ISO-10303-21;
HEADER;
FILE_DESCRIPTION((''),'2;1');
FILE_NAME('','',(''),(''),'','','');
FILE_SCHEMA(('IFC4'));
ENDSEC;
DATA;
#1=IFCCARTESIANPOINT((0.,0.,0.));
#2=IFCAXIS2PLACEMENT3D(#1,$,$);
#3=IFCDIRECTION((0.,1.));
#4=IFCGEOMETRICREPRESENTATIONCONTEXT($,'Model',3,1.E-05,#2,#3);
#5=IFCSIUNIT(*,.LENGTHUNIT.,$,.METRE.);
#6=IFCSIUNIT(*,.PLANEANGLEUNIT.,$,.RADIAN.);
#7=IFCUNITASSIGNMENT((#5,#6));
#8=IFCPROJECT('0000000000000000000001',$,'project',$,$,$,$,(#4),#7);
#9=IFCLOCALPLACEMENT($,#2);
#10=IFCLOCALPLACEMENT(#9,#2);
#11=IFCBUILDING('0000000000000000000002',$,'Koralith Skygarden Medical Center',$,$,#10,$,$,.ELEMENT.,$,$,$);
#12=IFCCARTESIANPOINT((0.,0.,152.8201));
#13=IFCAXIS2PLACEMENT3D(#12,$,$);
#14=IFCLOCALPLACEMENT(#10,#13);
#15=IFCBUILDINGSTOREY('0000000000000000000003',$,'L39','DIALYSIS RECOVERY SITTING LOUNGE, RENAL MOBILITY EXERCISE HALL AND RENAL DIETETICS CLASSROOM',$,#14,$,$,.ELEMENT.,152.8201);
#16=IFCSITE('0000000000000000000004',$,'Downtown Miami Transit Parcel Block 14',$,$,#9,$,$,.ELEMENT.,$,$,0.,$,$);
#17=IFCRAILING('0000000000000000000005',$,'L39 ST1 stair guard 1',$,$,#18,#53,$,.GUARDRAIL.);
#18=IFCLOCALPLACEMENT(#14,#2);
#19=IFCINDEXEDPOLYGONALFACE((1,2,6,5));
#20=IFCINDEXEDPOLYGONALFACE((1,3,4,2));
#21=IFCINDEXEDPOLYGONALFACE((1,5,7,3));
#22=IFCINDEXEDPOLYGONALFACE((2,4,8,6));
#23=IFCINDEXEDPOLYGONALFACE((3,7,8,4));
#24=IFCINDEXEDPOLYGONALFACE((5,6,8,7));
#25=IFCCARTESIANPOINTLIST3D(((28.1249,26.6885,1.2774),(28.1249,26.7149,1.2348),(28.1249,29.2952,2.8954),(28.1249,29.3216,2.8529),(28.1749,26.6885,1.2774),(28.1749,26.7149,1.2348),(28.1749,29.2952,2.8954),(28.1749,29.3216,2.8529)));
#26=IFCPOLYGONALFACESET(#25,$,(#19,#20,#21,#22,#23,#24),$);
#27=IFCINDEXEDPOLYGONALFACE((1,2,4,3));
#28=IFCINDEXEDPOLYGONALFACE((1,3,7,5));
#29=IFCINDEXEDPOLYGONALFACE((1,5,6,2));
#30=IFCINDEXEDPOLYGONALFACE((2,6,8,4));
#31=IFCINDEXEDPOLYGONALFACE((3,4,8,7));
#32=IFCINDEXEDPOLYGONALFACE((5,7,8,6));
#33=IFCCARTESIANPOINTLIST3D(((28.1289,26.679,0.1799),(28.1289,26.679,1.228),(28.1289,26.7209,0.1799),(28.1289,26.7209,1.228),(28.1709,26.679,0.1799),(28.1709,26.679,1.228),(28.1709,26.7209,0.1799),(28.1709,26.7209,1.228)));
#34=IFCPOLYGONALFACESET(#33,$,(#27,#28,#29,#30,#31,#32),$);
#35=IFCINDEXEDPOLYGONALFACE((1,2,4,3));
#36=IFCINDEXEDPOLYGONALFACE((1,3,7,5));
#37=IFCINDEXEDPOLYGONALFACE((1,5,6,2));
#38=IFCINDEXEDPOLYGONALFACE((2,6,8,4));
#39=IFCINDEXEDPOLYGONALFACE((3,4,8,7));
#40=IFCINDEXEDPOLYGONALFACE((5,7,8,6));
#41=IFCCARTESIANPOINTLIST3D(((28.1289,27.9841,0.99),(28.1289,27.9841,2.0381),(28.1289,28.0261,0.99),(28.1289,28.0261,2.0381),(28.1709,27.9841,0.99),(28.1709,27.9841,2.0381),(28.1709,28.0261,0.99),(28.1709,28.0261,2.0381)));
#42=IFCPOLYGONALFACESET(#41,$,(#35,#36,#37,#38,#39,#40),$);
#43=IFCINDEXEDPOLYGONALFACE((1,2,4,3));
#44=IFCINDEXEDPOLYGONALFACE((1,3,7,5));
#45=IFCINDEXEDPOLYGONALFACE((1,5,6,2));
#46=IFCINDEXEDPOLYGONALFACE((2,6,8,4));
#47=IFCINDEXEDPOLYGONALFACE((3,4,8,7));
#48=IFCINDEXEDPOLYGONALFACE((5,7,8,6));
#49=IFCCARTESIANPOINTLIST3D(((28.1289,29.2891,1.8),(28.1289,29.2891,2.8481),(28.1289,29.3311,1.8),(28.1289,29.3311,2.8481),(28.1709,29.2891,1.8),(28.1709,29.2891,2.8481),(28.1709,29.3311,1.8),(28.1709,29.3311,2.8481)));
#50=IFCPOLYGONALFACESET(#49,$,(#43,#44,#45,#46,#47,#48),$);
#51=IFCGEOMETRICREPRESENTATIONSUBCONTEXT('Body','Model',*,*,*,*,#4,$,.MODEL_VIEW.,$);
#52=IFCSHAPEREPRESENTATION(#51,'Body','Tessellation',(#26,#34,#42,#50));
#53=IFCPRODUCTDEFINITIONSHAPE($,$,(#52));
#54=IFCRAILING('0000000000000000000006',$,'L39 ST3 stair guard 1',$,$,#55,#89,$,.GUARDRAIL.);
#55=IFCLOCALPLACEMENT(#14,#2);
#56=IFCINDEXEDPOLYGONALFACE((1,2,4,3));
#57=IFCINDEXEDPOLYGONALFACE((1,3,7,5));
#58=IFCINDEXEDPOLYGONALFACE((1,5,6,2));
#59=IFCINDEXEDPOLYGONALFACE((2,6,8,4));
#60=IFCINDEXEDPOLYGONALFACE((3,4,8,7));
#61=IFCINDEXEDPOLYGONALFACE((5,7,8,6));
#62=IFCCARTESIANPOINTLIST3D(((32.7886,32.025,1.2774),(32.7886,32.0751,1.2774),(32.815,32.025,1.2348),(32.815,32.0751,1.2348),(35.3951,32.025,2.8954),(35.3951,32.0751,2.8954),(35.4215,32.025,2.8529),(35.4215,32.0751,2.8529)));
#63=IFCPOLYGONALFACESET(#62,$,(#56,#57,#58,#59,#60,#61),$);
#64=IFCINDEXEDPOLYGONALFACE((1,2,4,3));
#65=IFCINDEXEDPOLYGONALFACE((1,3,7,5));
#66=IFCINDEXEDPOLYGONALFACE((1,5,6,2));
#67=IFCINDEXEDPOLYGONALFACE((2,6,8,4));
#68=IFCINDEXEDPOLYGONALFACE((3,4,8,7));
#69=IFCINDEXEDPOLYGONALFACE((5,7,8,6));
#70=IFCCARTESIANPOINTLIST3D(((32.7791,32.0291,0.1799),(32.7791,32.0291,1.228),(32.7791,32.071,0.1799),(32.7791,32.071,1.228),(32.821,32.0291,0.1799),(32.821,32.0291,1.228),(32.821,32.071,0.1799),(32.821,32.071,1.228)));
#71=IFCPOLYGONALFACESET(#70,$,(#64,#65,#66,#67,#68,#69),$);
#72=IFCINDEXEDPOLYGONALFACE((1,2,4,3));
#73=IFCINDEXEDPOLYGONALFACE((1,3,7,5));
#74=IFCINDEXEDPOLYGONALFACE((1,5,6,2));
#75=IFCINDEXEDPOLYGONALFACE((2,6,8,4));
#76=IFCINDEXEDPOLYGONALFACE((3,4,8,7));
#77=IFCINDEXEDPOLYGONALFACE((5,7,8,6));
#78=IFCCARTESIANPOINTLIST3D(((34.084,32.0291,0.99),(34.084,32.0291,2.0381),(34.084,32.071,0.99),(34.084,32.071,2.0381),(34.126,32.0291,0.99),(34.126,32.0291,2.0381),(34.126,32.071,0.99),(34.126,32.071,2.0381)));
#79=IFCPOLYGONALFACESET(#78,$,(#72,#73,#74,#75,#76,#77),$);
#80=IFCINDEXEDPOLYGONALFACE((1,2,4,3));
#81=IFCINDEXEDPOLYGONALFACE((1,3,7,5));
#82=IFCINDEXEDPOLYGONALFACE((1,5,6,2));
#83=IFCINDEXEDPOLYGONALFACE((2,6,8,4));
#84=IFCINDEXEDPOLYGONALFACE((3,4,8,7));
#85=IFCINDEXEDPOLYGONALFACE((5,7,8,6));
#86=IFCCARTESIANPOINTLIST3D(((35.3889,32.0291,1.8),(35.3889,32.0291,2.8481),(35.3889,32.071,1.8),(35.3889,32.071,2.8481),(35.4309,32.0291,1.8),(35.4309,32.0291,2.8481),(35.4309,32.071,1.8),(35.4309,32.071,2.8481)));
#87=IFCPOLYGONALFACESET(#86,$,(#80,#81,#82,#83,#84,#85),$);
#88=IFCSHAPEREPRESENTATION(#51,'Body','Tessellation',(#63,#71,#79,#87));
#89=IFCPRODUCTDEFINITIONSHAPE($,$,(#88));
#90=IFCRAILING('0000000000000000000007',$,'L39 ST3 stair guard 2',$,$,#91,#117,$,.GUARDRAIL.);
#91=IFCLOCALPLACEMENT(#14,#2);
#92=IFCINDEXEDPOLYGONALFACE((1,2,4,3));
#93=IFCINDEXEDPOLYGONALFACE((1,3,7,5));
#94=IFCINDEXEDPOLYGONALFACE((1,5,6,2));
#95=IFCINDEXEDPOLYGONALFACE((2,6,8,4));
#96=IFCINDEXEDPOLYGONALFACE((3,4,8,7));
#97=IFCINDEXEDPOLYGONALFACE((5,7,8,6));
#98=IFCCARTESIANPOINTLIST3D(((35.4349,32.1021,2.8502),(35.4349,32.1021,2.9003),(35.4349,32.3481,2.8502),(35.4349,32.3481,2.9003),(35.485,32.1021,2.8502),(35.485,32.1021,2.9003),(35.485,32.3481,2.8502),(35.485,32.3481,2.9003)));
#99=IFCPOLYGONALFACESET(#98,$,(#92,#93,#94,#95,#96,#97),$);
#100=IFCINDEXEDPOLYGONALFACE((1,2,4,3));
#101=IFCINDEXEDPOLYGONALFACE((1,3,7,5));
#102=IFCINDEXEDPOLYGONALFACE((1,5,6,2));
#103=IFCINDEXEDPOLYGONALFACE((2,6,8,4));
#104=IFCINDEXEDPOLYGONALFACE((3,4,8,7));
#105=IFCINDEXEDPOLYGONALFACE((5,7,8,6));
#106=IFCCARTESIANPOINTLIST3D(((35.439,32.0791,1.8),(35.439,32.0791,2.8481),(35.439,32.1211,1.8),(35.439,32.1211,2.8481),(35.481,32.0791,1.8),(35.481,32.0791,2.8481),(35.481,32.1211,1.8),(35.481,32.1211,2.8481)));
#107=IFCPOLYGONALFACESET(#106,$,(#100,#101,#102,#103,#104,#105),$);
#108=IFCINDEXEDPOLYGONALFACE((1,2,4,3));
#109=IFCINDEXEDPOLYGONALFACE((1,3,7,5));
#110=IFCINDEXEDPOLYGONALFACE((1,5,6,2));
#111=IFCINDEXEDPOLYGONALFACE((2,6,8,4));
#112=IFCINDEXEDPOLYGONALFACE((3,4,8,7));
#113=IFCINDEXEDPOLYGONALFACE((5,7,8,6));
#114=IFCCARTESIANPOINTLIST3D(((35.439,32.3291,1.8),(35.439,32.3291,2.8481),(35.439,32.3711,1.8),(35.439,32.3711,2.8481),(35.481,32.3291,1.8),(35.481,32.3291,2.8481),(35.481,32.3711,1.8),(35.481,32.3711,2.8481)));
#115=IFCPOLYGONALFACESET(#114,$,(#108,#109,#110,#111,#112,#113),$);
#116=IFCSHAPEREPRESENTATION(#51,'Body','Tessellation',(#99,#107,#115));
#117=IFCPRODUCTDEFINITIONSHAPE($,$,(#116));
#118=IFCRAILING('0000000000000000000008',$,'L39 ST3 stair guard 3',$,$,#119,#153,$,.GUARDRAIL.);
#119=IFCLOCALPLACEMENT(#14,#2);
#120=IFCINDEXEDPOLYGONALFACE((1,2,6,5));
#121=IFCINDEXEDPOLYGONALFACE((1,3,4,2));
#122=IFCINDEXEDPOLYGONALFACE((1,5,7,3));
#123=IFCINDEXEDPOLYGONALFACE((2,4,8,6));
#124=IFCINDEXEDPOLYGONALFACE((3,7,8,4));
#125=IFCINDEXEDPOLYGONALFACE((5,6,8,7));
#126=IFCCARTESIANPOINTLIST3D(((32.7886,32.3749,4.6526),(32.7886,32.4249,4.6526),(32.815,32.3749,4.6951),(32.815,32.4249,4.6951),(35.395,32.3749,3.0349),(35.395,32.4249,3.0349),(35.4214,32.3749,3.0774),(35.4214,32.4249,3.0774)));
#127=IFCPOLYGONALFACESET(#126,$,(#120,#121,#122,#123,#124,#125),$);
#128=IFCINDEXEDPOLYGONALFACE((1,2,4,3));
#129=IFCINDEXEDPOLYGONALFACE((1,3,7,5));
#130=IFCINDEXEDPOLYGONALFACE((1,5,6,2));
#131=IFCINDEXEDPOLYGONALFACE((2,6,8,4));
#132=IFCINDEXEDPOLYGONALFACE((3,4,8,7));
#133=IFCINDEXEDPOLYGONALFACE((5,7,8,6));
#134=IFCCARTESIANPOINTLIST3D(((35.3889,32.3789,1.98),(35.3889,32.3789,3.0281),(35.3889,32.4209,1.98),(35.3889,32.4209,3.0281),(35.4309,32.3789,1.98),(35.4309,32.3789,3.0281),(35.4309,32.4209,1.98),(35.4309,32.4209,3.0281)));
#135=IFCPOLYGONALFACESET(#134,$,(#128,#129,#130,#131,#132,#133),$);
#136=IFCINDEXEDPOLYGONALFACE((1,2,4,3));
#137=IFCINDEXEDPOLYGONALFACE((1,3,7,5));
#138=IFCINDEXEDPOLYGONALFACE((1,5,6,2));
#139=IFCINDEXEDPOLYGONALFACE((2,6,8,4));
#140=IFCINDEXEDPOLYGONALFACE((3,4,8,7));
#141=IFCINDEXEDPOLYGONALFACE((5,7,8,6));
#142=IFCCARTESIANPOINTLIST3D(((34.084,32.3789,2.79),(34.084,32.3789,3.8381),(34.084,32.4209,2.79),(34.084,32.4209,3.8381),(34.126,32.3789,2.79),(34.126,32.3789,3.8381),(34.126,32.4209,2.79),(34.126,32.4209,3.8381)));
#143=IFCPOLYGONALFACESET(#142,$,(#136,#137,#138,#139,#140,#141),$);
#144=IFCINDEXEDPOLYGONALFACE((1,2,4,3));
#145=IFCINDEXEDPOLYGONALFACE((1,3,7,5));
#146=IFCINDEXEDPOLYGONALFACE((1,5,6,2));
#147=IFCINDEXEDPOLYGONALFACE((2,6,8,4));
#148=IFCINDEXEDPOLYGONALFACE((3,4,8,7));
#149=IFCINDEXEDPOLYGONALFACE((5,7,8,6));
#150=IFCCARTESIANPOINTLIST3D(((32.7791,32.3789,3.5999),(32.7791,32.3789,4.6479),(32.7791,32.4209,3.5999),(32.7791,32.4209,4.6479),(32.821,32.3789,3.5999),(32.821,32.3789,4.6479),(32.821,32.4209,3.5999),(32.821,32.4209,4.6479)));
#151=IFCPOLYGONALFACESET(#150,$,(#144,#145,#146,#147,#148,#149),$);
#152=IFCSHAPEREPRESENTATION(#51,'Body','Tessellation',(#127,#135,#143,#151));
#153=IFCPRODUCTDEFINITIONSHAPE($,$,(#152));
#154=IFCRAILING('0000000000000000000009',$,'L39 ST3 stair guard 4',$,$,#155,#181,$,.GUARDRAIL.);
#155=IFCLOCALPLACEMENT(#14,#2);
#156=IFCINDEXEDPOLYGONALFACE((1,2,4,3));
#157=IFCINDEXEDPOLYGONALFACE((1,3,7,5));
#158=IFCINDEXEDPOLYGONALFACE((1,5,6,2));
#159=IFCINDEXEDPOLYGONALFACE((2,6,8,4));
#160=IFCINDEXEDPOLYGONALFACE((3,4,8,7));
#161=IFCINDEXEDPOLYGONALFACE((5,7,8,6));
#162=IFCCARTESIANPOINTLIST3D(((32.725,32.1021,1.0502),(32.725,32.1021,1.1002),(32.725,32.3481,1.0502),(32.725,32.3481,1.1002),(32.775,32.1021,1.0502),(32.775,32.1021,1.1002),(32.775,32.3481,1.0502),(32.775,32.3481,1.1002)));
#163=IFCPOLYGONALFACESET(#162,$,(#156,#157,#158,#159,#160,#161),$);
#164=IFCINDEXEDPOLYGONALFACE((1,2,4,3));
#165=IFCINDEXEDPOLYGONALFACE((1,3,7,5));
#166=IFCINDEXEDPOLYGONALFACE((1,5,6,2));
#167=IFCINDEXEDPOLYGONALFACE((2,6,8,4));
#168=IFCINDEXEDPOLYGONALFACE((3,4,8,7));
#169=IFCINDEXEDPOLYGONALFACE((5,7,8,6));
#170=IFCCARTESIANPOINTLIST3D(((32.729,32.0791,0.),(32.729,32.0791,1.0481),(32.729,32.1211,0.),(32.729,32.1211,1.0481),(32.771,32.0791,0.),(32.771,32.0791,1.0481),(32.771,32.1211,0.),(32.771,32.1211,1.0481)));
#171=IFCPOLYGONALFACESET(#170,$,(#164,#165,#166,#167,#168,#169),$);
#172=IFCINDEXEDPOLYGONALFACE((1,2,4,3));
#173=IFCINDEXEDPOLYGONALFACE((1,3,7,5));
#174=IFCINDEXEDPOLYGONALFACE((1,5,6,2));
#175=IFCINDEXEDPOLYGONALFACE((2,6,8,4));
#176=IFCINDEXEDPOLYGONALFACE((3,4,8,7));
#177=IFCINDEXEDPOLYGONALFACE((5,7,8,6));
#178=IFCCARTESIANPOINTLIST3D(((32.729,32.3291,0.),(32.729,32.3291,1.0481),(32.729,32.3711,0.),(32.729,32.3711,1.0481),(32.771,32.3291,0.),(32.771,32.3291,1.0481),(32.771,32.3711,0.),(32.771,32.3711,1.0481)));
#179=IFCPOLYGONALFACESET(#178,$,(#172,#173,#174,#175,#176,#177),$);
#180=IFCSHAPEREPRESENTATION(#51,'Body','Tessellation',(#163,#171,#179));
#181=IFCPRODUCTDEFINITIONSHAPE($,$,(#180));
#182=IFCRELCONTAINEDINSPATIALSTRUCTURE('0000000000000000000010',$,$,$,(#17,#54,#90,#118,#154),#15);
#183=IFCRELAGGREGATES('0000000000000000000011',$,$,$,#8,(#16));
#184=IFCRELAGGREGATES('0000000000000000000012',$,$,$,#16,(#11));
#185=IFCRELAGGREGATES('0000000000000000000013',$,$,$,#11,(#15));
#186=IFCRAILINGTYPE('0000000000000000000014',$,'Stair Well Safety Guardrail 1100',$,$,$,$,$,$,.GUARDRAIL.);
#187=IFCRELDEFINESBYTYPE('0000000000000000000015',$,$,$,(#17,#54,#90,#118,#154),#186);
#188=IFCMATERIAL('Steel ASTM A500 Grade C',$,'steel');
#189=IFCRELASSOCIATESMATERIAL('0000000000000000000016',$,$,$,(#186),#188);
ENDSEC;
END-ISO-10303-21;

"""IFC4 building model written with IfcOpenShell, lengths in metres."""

from ifc_helpers import new_model, si_unit, direction, frame, origin, origin_2d, place, context, subcontext, project, spatial, rectangle, extrude, material, type_object, element, save


model = new_model("IFC4")

# Units and contexts
model_context = context("Model", 3, precision=1e-05, world=origin(), true_north=direction((0.0, 1.0)))
body_context = subcontext(model_context, "Body", "Model", "MODEL_VIEW")
ifc_project = project(units=[si_unit("LENGTHUNIT", "METRE"), si_unit("PLANEANGLEUNIT", "RADIAN")], contexts=[model_context])

# Site, building, storey
site_placement = place(None, origin())
site = spatial("IfcSite", under=ifc_project, at=site_placement, Name="Downtown Miami Transit Parcel Block 14", CompositionType="ELEMENT", RefElevation=0.0)
building_placement = place(site_placement, origin())
building = spatial("IfcBuilding", under=site, at=building_placement, Name="Koralith Skygarden Medical Center", CompositionType="ELEMENT")
storey_placement = place(building_placement, frame((0.0, 0.0, 152.8201)))
storey = spatial("IfcBuildingStorey", under=building, at=storey_placement, Name="L39", Description="DIALYSIS RECOVERY SITTING LOUNGE, RENAL MOBILITY EXERCISE HALL AND RENAL DIETETICS CLASSROOM", CompositionType="ELEMENT", Elevation=152.8201)

# Railings
ifc_material_1 = material(Name="Steel ASTM A500 Grade C", Category="steel")
railing_type_1 = type_object("IfcRailingType", Name="Stair Well Safety Guardrail 1100", PredefinedType="GUARDRAIL", material=ifc_material_1)
railing_1_placement = place(storey_placement, frame((28.1499, 26.7, 0.1799)))
element("IfcRailing", 1, at=railing_1_placement, inside=storey, type_object=railing_type_1, Name="L39 ST1 stair guard 1", PredefinedType="GUARDRAIL", context=body_context, shape_type="SweptSolid", body=[
    extrude(rectangle(XDim=0.05, YDim=0.05, at=origin_2d()), frame((0.0, 0.0017, 1.0762), z_axis=(0.0, 0.849633, 0.527375), x_axis=(-1.0, 0.0, 0.0)), (0.0, 0.0, 1.0), 3.0681),
    extrude(rectangle(XDim=0.042, YDim=0.042, at=origin_2d()), origin(), (0.0, 0.0, 1.0), 1.0481),
    extrude(rectangle(XDim=0.042, YDim=0.042, at=origin_2d()), frame((0.0, 1.3052, 0.8101)), (0.0, 0.0, 1.0), 1.0481),
    extrude(rectangle(XDim=0.042, YDim=0.042, at=origin_2d()), frame((0.0, 2.6101, 1.6201)), (0.0, 0.0, 1.0), 1.0481),
])
railing_2_placement = place(storey_placement, frame((32.8, 32.05, 0.1799)))
element("IfcRailing", 2, at=railing_2_placement, inside=storey, type_object=railing_type_1, Name="L39 ST3 stair guard 1", PredefinedType="GUARDRAIL", context=body_context, shape_type="SweptSolid", body=[
    extrude(rectangle(XDim=0.05, YDim=0.05, at=origin_2d()), frame((0.0017, 0.0, 1.0762), z_axis=(0.849611, 0.0, 0.52741), x_axis=(0.0, 1.0, 0.0)), (0.0, 0.0, 1.0), 3.0679),
    extrude(rectangle(XDim=0.042, YDim=0.042, at=origin_2d()), origin(), (0.0, 0.0, 1.0), 1.0481),
    extrude(rectangle(XDim=0.042, YDim=0.042, at=origin_2d()), frame((1.3049, 0.0, 0.8101)), (0.0, 0.0, 1.0), 1.0481),
    extrude(rectangle(XDim=0.042, YDim=0.042, at=origin_2d()), frame((2.6099, 0.0, 1.6201)), (0.0, 0.0, 1.0), 1.0481),
])
railing_3_placement = place(storey_placement, frame((35.46, 32.1001, 1.8)))
element("IfcRailing", 3, at=railing_3_placement, inside=storey, type_object=railing_type_1, Name="L39 ST3 stair guard 2", PredefinedType="GUARDRAIL", context=body_context, shape_type="SweptSolid", body=[
    extrude(rectangle(XDim=0.05, YDim=0.05, at=origin_2d()), frame((0.0, 0.002, 1.0752), z_axis=(0.0, 1.0, 0.0), x_axis=(-1.0, 0.0, 0.0)), (0.0, 0.0, 1.0), 0.2461),
    extrude(rectangle(XDim=0.042, YDim=0.042, at=origin_2d()), origin(), (0.0, 0.0, 1.0), 1.0481),
    extrude(rectangle(XDim=0.042, YDim=0.042, at=origin_2d()), frame((0.0, 0.25, 0.0)), (0.0, 0.0, 1.0), 1.0481),
])
railing_4_placement = place(storey_placement, frame((35.4099, 32.3999, 1.98)))
element("IfcRailing", 4, at=railing_4_placement, inside=storey, type_object=railing_type_1, Name="L39 ST3 stair guard 3", PredefinedType="GUARDRAIL", context=body_context, shape_type="SweptSolid", body=[
    extrude(rectangle(XDim=0.05, YDim=0.05, at=origin_2d()), frame((-0.0017, 0.0, 1.0762), z_axis=(-0.849646, 0.0, 0.527353), x_axis=(0.0, -1.0, 0.0)), (0.0, 0.0, 1.0), 3.0676),
    extrude(rectangle(XDim=0.042, YDim=0.042, at=origin_2d()), origin(), (0.0, 0.0, 1.0), 1.0481),
    extrude(rectangle(XDim=0.042, YDim=0.042, at=origin_2d()), frame((-1.3049, 0.0, 0.8101)), (0.0, 0.0, 1.0), 1.0481),
    extrude(rectangle(XDim=0.042, YDim=0.042, at=origin_2d()), frame((-2.6099, 0.0, 1.6199)), (0.0, 0.0, 1.0), 1.0481),
])
railing_5_placement = place(storey_placement, frame((32.75, 32.1001, 0.0)))
element("IfcRailing", 5, at=railing_5_placement, inside=storey, type_object=railing_type_1, Name="L39 ST3 stair guard 4", PredefinedType="GUARDRAIL", context=body_context, shape_type="SweptSolid", body=[
    extrude(rectangle(XDim=0.05, YDim=0.05, at=origin_2d()), frame((0.0, 0.002, 1.0752), z_axis=(0.0, 1.0, 0.0), x_axis=(-1.0, 0.0, 0.0)), (0.0, 0.0, 1.0), 0.2461),
    extrude(rectangle(XDim=0.042, YDim=0.042, at=origin_2d()), origin(), (0.0, 0.0, 1.0), 1.0481),
    extrude(rectangle(XDim=0.042, YDim=0.042, at=origin_2d()), frame((0.0, 0.25, 0.0)), (0.0, 0.0, 1.0), 1.0481),
])

save(model, "model.ifc")
